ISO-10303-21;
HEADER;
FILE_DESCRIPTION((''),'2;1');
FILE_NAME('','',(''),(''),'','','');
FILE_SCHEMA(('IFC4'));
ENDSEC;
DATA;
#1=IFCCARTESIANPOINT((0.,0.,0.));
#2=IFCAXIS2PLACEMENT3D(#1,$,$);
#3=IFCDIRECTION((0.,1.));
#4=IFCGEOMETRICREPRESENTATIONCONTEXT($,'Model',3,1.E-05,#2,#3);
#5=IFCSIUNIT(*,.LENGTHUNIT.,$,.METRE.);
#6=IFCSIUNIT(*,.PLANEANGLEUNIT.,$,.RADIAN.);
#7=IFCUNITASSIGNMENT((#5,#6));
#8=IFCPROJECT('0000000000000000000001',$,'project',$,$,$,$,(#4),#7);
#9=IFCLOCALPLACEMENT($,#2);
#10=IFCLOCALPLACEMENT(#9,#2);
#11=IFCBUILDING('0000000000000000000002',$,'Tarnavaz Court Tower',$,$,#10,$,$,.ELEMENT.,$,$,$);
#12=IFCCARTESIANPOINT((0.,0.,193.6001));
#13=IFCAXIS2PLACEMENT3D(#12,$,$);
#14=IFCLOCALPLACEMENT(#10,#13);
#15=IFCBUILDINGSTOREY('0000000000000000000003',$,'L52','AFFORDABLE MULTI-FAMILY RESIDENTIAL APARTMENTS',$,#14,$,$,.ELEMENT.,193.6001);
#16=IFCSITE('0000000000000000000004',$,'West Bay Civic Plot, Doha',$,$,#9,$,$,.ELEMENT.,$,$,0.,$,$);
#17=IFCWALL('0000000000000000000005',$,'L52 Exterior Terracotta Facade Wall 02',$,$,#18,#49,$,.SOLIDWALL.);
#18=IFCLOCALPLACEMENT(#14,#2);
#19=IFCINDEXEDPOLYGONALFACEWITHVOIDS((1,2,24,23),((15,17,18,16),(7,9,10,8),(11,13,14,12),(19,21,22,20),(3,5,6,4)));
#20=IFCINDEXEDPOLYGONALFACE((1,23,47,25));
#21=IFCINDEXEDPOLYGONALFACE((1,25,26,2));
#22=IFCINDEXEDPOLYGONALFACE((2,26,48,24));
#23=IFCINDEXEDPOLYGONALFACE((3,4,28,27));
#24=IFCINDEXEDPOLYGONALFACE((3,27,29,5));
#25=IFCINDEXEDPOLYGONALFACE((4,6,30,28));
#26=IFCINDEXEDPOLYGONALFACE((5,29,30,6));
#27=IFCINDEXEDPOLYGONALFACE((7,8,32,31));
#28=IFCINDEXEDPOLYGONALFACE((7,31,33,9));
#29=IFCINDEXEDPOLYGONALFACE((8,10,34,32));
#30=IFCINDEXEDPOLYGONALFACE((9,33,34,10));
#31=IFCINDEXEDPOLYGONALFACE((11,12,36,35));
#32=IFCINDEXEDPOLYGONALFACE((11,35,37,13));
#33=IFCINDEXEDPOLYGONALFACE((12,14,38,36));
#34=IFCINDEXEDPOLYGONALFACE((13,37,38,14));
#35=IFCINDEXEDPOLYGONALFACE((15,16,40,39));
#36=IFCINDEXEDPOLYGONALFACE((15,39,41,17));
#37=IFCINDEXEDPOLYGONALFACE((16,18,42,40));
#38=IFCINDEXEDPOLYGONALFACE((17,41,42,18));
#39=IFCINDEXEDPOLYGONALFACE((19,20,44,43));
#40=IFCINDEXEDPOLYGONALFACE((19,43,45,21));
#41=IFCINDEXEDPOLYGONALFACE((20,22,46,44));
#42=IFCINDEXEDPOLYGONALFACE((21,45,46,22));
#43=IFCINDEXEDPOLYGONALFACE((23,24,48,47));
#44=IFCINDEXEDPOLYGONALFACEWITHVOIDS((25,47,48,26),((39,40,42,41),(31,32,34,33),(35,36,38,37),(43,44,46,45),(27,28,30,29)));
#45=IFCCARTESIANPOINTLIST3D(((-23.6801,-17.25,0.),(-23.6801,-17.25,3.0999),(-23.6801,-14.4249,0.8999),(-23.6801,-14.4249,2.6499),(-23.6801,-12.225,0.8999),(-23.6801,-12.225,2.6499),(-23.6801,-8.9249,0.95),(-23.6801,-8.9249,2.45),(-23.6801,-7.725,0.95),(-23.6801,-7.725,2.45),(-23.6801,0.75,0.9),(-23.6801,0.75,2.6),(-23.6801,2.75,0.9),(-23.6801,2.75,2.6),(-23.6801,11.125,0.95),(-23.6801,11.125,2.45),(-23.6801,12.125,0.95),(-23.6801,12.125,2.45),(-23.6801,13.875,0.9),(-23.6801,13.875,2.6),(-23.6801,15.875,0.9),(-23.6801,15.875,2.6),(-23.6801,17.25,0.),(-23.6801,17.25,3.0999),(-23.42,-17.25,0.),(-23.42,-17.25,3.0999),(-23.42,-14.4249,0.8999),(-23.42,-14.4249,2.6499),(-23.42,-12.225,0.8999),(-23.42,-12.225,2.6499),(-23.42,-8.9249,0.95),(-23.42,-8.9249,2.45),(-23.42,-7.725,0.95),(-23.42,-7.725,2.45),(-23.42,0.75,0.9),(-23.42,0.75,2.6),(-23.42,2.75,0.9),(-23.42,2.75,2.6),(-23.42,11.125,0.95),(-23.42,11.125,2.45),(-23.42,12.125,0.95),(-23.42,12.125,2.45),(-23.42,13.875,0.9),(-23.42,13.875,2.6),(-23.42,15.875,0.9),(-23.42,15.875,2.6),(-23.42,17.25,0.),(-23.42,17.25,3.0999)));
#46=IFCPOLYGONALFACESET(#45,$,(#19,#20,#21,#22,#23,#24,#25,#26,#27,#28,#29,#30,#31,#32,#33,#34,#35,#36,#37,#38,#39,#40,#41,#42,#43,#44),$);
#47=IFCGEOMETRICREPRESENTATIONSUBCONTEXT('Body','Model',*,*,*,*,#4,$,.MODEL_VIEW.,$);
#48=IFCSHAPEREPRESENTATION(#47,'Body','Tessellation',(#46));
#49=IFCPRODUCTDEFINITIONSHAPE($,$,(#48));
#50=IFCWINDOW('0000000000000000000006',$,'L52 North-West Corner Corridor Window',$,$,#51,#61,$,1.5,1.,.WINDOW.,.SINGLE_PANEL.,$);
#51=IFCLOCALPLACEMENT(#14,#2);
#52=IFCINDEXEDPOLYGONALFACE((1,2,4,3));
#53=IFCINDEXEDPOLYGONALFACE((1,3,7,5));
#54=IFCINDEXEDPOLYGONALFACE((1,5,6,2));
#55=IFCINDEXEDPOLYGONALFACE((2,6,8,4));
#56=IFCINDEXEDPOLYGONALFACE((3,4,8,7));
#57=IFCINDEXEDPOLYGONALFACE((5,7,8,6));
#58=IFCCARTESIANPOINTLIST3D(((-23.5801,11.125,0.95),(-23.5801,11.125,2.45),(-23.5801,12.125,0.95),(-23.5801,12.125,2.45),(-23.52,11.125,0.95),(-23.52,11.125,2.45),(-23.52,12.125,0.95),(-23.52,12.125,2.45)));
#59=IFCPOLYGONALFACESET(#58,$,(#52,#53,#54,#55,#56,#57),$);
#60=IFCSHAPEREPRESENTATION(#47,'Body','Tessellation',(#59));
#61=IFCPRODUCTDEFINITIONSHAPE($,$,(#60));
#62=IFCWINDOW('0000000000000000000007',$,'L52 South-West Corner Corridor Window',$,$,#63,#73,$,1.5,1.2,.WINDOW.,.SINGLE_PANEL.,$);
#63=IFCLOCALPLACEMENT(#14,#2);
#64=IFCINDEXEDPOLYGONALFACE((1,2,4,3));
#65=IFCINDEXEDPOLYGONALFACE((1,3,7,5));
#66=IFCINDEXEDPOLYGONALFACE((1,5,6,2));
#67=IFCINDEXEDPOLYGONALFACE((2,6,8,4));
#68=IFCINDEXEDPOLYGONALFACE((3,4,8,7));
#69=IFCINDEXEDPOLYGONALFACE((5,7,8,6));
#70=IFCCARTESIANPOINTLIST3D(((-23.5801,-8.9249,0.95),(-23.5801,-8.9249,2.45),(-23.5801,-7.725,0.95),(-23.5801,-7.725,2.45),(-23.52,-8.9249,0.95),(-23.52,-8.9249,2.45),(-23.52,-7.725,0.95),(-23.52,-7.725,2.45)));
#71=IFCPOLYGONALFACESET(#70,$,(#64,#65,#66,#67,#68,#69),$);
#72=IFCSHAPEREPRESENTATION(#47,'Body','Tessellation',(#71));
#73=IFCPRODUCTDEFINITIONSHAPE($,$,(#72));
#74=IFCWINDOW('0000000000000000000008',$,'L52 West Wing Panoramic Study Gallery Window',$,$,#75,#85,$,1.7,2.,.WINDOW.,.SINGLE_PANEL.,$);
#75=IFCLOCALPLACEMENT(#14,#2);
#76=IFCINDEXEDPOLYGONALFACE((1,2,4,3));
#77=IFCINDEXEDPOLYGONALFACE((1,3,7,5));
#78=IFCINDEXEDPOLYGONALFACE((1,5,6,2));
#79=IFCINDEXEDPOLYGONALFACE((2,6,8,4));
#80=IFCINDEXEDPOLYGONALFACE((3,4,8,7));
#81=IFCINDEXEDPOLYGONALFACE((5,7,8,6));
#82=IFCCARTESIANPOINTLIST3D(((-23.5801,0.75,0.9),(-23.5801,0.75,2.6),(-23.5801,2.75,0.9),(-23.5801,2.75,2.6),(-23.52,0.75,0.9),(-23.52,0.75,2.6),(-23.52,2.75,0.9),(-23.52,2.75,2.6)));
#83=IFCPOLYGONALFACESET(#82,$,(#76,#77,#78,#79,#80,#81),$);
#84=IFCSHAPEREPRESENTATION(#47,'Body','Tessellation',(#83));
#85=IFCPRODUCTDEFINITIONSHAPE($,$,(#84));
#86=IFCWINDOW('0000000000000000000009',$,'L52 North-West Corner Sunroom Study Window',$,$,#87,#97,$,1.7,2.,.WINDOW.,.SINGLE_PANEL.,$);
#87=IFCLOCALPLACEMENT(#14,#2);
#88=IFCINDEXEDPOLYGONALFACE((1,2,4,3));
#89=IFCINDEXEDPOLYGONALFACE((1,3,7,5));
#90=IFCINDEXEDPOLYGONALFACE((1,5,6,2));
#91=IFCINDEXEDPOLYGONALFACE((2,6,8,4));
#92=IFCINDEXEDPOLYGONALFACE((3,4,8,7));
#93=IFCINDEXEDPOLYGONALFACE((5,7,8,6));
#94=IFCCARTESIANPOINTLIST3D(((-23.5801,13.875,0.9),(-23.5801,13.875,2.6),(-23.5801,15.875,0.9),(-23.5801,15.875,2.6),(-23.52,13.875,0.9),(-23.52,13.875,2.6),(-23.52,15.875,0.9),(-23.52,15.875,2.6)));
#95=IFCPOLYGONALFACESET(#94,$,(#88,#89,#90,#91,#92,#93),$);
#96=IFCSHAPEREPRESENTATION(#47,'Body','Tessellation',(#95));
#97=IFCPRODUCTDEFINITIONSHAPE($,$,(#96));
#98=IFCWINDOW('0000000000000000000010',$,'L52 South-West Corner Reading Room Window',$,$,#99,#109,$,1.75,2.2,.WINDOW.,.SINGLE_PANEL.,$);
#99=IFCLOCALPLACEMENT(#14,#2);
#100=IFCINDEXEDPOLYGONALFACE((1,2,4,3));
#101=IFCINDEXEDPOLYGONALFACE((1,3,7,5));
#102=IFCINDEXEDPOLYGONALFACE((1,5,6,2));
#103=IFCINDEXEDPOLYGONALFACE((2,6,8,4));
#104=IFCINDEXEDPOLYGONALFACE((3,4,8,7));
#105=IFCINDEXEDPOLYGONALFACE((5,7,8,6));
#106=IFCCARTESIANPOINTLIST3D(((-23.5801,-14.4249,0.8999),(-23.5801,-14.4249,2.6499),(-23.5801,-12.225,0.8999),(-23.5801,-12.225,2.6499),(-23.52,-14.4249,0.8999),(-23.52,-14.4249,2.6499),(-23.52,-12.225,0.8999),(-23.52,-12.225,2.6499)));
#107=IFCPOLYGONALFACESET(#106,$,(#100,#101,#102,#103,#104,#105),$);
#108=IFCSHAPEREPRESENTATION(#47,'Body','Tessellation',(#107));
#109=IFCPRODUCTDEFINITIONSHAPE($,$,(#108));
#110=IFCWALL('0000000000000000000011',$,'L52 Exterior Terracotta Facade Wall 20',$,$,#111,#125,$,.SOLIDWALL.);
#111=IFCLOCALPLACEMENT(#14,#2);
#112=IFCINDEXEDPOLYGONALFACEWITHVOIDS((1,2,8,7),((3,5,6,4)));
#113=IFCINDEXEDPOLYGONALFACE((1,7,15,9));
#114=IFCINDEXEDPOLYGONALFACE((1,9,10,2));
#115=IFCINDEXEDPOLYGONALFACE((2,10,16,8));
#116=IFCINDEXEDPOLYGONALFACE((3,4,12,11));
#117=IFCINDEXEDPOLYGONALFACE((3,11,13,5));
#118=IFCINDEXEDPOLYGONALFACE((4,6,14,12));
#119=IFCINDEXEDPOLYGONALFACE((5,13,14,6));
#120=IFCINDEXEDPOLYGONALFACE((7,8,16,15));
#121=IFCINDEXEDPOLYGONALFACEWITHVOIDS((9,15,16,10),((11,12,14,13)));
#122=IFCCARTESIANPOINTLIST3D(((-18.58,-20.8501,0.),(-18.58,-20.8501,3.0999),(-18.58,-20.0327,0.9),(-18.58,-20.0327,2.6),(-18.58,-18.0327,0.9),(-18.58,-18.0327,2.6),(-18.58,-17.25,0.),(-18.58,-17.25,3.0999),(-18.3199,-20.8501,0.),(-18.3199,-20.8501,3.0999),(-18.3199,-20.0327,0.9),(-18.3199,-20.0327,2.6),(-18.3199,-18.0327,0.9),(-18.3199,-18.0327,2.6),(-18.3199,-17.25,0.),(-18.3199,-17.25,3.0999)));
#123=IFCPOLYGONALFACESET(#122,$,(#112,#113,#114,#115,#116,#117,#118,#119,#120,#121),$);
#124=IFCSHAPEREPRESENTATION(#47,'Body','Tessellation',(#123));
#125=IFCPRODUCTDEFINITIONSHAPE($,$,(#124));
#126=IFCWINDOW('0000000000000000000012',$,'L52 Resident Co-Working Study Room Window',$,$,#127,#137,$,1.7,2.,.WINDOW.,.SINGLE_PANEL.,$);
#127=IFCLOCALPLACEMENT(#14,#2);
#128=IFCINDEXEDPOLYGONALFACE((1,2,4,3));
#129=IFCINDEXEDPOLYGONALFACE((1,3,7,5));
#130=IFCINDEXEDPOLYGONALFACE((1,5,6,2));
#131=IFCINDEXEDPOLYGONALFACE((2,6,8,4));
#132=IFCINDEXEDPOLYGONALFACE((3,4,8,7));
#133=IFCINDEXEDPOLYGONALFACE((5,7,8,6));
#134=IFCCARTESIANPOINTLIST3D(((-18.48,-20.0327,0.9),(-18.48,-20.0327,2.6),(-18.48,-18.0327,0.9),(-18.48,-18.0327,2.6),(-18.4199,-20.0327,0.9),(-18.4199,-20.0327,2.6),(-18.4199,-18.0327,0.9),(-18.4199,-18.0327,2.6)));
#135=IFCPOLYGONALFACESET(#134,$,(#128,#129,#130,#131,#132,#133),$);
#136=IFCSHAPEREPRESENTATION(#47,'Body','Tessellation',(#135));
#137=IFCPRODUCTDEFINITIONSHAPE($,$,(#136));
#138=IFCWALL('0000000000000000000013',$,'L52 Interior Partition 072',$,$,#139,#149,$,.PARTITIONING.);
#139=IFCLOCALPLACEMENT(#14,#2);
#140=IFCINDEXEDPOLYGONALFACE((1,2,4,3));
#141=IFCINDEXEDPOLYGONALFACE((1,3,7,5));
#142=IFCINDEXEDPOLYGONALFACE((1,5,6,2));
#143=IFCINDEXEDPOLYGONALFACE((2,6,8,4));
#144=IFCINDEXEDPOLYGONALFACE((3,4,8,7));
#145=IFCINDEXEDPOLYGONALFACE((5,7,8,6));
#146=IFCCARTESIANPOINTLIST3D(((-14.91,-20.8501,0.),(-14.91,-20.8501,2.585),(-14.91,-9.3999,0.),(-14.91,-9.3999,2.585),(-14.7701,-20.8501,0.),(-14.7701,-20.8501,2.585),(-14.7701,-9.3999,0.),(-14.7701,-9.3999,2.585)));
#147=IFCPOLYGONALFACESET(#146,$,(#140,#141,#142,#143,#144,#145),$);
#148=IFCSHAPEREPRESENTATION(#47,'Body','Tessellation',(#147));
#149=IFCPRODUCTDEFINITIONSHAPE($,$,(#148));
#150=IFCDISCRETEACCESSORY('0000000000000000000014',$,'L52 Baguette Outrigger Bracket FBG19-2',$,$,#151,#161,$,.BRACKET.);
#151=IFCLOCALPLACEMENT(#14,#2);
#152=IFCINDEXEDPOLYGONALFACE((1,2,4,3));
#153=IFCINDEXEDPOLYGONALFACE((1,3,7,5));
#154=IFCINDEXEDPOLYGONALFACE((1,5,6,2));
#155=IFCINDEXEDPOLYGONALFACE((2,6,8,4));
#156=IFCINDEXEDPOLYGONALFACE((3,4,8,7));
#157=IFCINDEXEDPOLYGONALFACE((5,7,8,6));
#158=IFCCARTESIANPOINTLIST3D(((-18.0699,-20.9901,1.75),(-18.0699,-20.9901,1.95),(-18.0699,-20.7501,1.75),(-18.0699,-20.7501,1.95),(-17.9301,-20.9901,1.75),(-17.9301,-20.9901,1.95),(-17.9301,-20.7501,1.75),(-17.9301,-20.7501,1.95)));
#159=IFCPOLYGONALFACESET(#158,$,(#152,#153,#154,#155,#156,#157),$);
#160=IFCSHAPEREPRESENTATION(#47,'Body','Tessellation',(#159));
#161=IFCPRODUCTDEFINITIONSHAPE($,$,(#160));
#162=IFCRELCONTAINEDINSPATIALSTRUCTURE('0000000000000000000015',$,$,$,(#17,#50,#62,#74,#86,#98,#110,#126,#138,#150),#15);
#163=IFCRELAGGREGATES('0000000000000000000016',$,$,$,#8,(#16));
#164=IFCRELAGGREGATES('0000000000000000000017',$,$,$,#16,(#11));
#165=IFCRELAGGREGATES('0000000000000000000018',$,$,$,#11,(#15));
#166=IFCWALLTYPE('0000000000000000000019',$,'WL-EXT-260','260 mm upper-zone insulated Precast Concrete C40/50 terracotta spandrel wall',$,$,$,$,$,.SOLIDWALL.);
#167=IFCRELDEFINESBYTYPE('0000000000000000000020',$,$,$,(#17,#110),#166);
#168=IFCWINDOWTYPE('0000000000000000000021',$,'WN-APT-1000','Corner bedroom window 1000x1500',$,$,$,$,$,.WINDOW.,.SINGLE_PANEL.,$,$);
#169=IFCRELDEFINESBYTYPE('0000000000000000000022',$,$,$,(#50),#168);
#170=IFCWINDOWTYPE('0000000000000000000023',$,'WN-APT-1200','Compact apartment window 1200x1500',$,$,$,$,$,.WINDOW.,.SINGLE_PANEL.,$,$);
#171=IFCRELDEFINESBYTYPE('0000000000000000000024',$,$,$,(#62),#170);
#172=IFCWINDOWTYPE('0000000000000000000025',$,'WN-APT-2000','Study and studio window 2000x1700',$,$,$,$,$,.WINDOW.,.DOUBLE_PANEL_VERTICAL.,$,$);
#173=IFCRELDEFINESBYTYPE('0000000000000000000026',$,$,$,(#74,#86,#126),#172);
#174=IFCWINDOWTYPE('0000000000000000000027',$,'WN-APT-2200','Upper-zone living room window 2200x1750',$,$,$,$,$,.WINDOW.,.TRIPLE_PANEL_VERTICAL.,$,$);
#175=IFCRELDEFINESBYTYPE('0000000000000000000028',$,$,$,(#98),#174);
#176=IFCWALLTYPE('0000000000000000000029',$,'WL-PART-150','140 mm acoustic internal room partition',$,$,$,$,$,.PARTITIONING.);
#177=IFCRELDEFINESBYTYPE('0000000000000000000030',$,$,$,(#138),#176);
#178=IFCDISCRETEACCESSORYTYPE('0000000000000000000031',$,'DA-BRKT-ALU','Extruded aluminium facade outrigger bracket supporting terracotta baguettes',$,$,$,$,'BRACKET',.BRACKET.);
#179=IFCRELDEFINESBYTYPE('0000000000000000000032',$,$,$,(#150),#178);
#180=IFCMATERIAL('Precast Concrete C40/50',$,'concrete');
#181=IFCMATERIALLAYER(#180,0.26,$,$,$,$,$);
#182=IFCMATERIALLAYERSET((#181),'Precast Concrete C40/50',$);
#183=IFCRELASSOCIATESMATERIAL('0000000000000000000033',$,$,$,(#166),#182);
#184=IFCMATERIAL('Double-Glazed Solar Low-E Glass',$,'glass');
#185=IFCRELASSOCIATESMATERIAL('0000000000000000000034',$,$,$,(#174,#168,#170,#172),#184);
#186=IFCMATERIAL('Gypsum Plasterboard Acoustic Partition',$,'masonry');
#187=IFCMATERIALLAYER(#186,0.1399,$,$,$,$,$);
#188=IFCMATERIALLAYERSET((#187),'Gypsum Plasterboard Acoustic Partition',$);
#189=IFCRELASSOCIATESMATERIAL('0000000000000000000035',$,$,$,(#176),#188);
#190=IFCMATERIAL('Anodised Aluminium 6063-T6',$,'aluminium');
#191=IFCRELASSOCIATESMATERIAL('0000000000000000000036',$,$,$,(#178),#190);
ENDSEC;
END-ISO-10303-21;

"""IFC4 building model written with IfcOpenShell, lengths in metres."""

from ifc_helpers import new_model, si_unit, direction, frame, frame_2d, origin, origin_2d, place, context, subcontext, project, spatial, rectangle, extrude, material, layer, layer_set, type_object, element, fill, save


model = new_model("IFC4")

# Units and contexts
model_context = context("Model", 3, precision=1e-05, world=origin(), true_north=direction((0.0, 1.0)))
body_context = subcontext(model_context, "Body", "Model", "MODEL_VIEW")
ifc_project = project(units=[si_unit("LENGTHUNIT", "METRE"), si_unit("PLANEANGLEUNIT", "RADIAN")], contexts=[model_context])

# Site, building, storey
site_placement = place(None, origin())
site = spatial("IfcSite", under=ifc_project, at=site_placement, Name="West Bay Civic Plot, Doha", CompositionType="ELEMENT", RefElevation=0.0)
building_placement = place(site_placement, origin())
building = spatial("IfcBuilding", under=site, at=building_placement, Name="Tarnavaz Court Tower", CompositionType="ELEMENT")
storey_placement = place(building_placement, frame((0.0, 0.0, 193.6001)))
storey = spatial("IfcBuildingStorey", under=building, at=storey_placement, Name="L52", Description="AFFORDABLE MULTI-FAMILY RESIDENTIAL APARTMENTS", CompositionType="ELEMENT", Elevation=193.6001)

# Shared definitions
ifc_material_1 = material(Name="Precast Concrete C40/50", Category="concrete")
ifc_layer_1 = layer(ifc_material_1, 0.26)
ifc_layer_set_1 = layer_set([ifc_layer_1], Name="Precast Concrete C40/50")
wall_type_1 = type_object("IfcWallType", Name="WL-EXT-260", Description="260 mm upper-zone insulated Precast Concrete C40/50 terracotta spandrel wall", PredefinedType="SOLIDWALL", material=ifc_layer_set_1)
ifc_material_2 = material(Name="Double-Glazed Solar Low-E Glass", Category="glass")
window_type_1 = type_object("IfcWindowType", Name="WN-APT-2200", Description="Upper-zone living room window 2200x1750", PartitioningType="TRIPLE_PANEL_VERTICAL", PredefinedType="WINDOW", material=ifc_material_2)

# Wall, openings, windows
wall_1_placement = place(storey_placement, frame((-23.55, -17.25, 0.0), z_axis=(0.0, 0.0, 1.0), x_axis=(0.0, 1.0, 0.0)))
wall_1 = element("IfcWall", 1, at=wall_1_placement, inside=storey, type_object=wall_type_1, Name="L52 Exterior Terracotta Facade Wall 02", PredefinedType="SOLIDWALL", context=body_context, shape_type="SweptSolid", body=[
    extrude(rectangle(XDim=34.5, YDim=0.26, at=frame_2d((17.25, 0.0))), origin(), (0.0, 0.0, 1.0), 3.0999),
])
opening_1_placement = place(wall_1_placement, frame((2.825, 0.0, 0.8999)))
opening_1 = element("IfcOpeningElement", 2, at=opening_1_placement, cuts=wall_1, PredefinedType="OPENING", context=body_context, shape_type="SweptSolid", body=[
    extrude(rectangle(XDim=2.2, YDim=1.75, at=frame_2d((1.1001, 0.875))), frame((0.0, 0.1399, 0.0), z_axis=(0.0, -1.0, 0.0), x_axis=(1.0, 0.0, 0.0)), (0.0, 0.0, 1.0), 0.28),
])
opening_2_placement = place(wall_1_placement, frame((8.325, 0.0, 0.95)))
opening_2 = element("IfcOpeningElement", 3, at=opening_2_placement, cuts=wall_1, PredefinedType="OPENING", context=body_context, shape_type="SweptSolid", body=[
    extrude(rectangle(XDim=1.2, YDim=1.5, at=frame_2d((0.6001, 0.75))), frame((0.0, 0.1399, 0.0), z_axis=(0.0, -1.0, 0.0), x_axis=(1.0, 0.0, 0.0)), (0.0, 0.0, 1.0), 0.28),
])
opening_3_placement = place(wall_1_placement, frame((18.0, 0.0, 0.8999)))
opening_3 = element("IfcOpeningElement", 4, at=opening_3_placement, cuts=wall_1, PredefinedType="OPENING", context=body_context, shape_type="SweptSolid", body=[
    extrude(rectangle(XDim=2.0, YDim=1.7, at=frame_2d((1.0, 0.8501))), frame((0.0, 0.1399, 0.0), z_axis=(0.0, -1.0, 0.0), x_axis=(1.0, 0.0, 0.0)), (0.0, 0.0, 1.0), 0.28),
])
opening_4_placement = place(wall_1_placement, frame((28.375, 0.0, 0.95)))
opening_4 = element("IfcOpeningElement", 5, at=opening_4_placement, cuts=wall_1, PredefinedType="OPENING", context=body_context, shape_type="SweptSolid", body=[
    extrude(rectangle(XDim=1.0, YDim=1.5, at=frame_2d((0.5, 0.75))), frame((0.0, 0.1399, 0.0), z_axis=(0.0, -1.0, 0.0), x_axis=(1.0, 0.0, 0.0)), (0.0, 0.0, 1.0), 0.28),
])
opening_5_placement = place(wall_1_placement, frame((31.125, 0.0, 0.8999)))
opening_5 = element("IfcOpeningElement", 6, at=opening_5_placement, cuts=wall_1, PredefinedType="OPENING", context=body_context, shape_type="SweptSolid", body=[
    extrude(rectangle(XDim=2.0, YDim=1.7, at=frame_2d((1.0, 0.8501))), frame((0.0, 0.1399, 0.0), z_axis=(0.0, -1.0, 0.0), x_axis=(1.0, 0.0, 0.0)), (0.0, 0.0, 1.0), 0.28),
])
window_type_2 = type_object("IfcWindowType", Name="WN-APT-1000", Description="Corner bedroom window 1000x1500", PartitioningType="SINGLE_PANEL", PredefinedType="WINDOW", material=ifc_material_2)
window_1_placement = place(opening_4_placement, origin())
window_1 = element("IfcWindow", 7, at=window_1_placement, inside=storey, type_object=window_type_2, Name="L52 North-West Corner Corridor Window", OverallHeight=1.5, OverallWidth=1.0, PartitioningType="SINGLE_PANEL", PredefinedType="WINDOW", context=body_context, shape_type="SweptSolid", body=[
    extrude(rectangle(XDim=1.0, YDim=1.5, at=frame_2d((0.5, 0.75))), frame((0.0, 0.03, 0.0), z_axis=(0.0, -1.0, 0.0), x_axis=(1.0, 0.0, 0.0)), (0.0, 0.0, 1.0), 0.0601),
])
fill(opening_4, window_1)
window_type_3 = type_object("IfcWindowType", Name="WN-APT-1200", Description="Compact apartment window 1200x1500", PartitioningType="SINGLE_PANEL", PredefinedType="WINDOW", material=ifc_material_2)
window_2_placement = place(opening_2_placement, origin())
window_2 = element("IfcWindow", 8, at=window_2_placement, inside=storey, type_object=window_type_3, Name="L52 South-West Corner Corridor Window", OverallHeight=1.5, OverallWidth=1.2, PartitioningType="SINGLE_PANEL", PredefinedType="WINDOW", context=body_context, shape_type="SweptSolid", body=[
    extrude(rectangle(XDim=1.2, YDim=1.5, at=frame_2d((0.6001, 0.75))), frame((0.0, 0.03, 0.0), z_axis=(0.0, -1.0, 0.0), x_axis=(1.0, 0.0, 0.0)), (0.0, 0.0, 1.0), 0.0601),
])
fill(opening_2, window_2)
window_type_4 = type_object("IfcWindowType", Name="WN-APT-2000", Description="Study and studio window 2000x1700", PartitioningType="DOUBLE_PANEL_VERTICAL", PredefinedType="WINDOW", material=ifc_material_2)
window_3_placement = place(opening_3_placement, origin())
window_3 = element("IfcWindow", 9, at=window_3_placement, inside=storey, type_object=window_type_4, Name="L52 West Wing Panoramic Study Gallery Window", OverallHeight=1.7, OverallWidth=2.0, PartitioningType="SINGLE_PANEL", PredefinedType="WINDOW", context=body_context, shape_type="SweptSolid", body=[
    extrude(rectangle(XDim=2.0, YDim=1.7, at=frame_2d((1.0, 0.8501))), frame((0.0, 0.03, 0.0), z_axis=(0.0, -1.0, 0.0), x_axis=(1.0, 0.0, 0.0)), (0.0, 0.0, 1.0), 0.0601),
])
fill(opening_3, window_3)
window_4_placement = place(opening_5_placement, origin())
window_4 = element("IfcWindow", 10, at=window_4_placement, inside=storey, type_object=window_type_4, Name="L52 North-West Corner Sunroom Study Window", OverallHeight=1.7, OverallWidth=2.0, PartitioningType="SINGLE_PANEL", PredefinedType="WINDOW", context=body_context, shape_type="SweptSolid", body=[
    extrude(rectangle(XDim=2.0, YDim=1.7, at=frame_2d((1.0, 0.8501))), frame((0.0, 0.03, 0.0), z_axis=(0.0, -1.0, 0.0), x_axis=(1.0, 0.0, 0.0)), (0.0, 0.0, 1.0), 0.0601),
])
fill(opening_5, window_4)
window_5_placement = place(opening_1_placement, origin())
window_5 = element("IfcWindow", 11, at=window_5_placement, inside=storey, type_object=window_type_1, Name="L52 South-West Corner Reading Room Window", OverallHeight=1.75, OverallWidth=2.2, PartitioningType="SINGLE_PANEL", PredefinedType="WINDOW", context=body_context, shape_type="SweptSolid", body=[
    extrude(rectangle(XDim=2.2, YDim=1.75, at=frame_2d((1.1001, 0.875))), frame((0.0, 0.03, 0.0), z_axis=(0.0, -1.0, 0.0), x_axis=(1.0, 0.0, 0.0)), (0.0, 0.0, 1.0), 0.0601),
])
fill(opening_1, window_5)

# Wall, opening, window
wall_2_placement = place(storey_placement, frame((-18.45, -20.8501, 0.0), z_axis=(0.0, 0.0, 1.0), x_axis=(0.0, 1.0, 0.0)))
wall_2 = element("IfcWall", 12, at=wall_2_placement, inside=storey, type_object=wall_type_1, Name="L52 Exterior Terracotta Facade Wall 20", PredefinedType="SOLIDWALL", context=body_context, shape_type="SweptSolid", body=[
    extrude(rectangle(XDim=3.6001, YDim=0.26, at=frame_2d((1.8, 0.0))), origin(), (0.0, 0.0, 1.0), 3.0999),
])
opening_6_placement = place(wall_2_placement, frame((0.8174, 0.0, 0.8999)))
opening_6 = element("IfcOpeningElement", 13, at=opening_6_placement, cuts=wall_2, PredefinedType="OPENING", context=body_context, shape_type="SweptSolid", body=[
    extrude(rectangle(XDim=2.0, YDim=1.7, at=frame_2d((1.0, 0.8501))), frame((0.0, 0.1399, 0.0), z_axis=(0.0, -1.0, 0.0), x_axis=(1.0, 0.0, 0.0)), (0.0, 0.0, 1.0), 0.28),
])
window_6_placement = place(opening_6_placement, origin())
window_6 = element("IfcWindow", 14, at=window_6_placement, inside=storey, type_object=window_type_4, Name="L52 Resident Co-Working Study Room Window", OverallHeight=1.7, OverallWidth=2.0, PartitioningType="SINGLE_PANEL", PredefinedType="WINDOW", context=body_context, shape_type="SweptSolid", body=[
    extrude(rectangle(XDim=2.0, YDim=1.7, at=frame_2d((1.0, 0.8501))), frame((0.0, 0.03, 0.0), z_axis=(0.0, -1.0, 0.0), x_axis=(1.0, 0.0, 0.0)), (0.0, 0.0, 1.0), 0.0601),
])
fill(opening_6, window_6)

# Wall
ifc_material_3 = material(Name="Gypsum Plasterboard Acoustic Partition", Category="masonry")
ifc_layer_2 = layer(ifc_material_3, 0.1399)
ifc_layer_set_2 = layer_set([ifc_layer_2], Name="Gypsum Plasterboard Acoustic Partition")
wall_type_2 = type_object("IfcWallType", Name="WL-PART-150", Description="140 mm acoustic internal room partition", PredefinedType="PARTITIONING", material=ifc_layer_set_2)
wall_3_placement = place(storey_placement, frame((-14.8401, -20.8501, 0.0), z_axis=(0.0, 0.0, 1.0), x_axis=(0.0, 1.0, 0.0)))
element("IfcWall", 15, at=wall_3_placement, inside=storey, type_object=wall_type_2, Name="L52 Interior Partition 072", PredefinedType="PARTITIONING", context=body_context, shape_type="SweptSolid", body=[
    extrude(rectangle(XDim=11.4502, YDim=0.1399, at=frame_2d((5.7251, 0.0))), origin(), (0.0, 0.0, 1.0), 2.585),
])

# Discrete accessory
ifc_material_4 = material(Name="Anodised Aluminium 6063-T6", Category="aluminium")
discrete_accessory_type = type_object("IfcDiscreteAccessoryType", Name="DA-BRKT-ALU", Description="Extruded aluminium facade outrigger bracket supporting terracotta baguettes", ElementType="BRACKET", PredefinedType="BRACKET", material=ifc_material_4)
discrete_accessory_placement = place(storey_placement, frame((-18.0, -20.8701, 1.75), z_axis=(0.0, 0.0, 1.0), x_axis=(-1.0, 0.0, 0.0)))
element("IfcDiscreteAccessory", 16, at=discrete_accessory_placement, inside=storey, type_object=discrete_accessory_type, Name="L52 Baguette Outrigger Bracket FBG19-2", PredefinedType="BRACKET", context=body_context, shape_type="SweptSolid", body=[
    extrude(rectangle(XDim=0.1399, YDim=0.24, at=origin_2d()), origin(), (0.0, 0.0, 1.0), 0.2),
])

save(model, "model.ifc")
